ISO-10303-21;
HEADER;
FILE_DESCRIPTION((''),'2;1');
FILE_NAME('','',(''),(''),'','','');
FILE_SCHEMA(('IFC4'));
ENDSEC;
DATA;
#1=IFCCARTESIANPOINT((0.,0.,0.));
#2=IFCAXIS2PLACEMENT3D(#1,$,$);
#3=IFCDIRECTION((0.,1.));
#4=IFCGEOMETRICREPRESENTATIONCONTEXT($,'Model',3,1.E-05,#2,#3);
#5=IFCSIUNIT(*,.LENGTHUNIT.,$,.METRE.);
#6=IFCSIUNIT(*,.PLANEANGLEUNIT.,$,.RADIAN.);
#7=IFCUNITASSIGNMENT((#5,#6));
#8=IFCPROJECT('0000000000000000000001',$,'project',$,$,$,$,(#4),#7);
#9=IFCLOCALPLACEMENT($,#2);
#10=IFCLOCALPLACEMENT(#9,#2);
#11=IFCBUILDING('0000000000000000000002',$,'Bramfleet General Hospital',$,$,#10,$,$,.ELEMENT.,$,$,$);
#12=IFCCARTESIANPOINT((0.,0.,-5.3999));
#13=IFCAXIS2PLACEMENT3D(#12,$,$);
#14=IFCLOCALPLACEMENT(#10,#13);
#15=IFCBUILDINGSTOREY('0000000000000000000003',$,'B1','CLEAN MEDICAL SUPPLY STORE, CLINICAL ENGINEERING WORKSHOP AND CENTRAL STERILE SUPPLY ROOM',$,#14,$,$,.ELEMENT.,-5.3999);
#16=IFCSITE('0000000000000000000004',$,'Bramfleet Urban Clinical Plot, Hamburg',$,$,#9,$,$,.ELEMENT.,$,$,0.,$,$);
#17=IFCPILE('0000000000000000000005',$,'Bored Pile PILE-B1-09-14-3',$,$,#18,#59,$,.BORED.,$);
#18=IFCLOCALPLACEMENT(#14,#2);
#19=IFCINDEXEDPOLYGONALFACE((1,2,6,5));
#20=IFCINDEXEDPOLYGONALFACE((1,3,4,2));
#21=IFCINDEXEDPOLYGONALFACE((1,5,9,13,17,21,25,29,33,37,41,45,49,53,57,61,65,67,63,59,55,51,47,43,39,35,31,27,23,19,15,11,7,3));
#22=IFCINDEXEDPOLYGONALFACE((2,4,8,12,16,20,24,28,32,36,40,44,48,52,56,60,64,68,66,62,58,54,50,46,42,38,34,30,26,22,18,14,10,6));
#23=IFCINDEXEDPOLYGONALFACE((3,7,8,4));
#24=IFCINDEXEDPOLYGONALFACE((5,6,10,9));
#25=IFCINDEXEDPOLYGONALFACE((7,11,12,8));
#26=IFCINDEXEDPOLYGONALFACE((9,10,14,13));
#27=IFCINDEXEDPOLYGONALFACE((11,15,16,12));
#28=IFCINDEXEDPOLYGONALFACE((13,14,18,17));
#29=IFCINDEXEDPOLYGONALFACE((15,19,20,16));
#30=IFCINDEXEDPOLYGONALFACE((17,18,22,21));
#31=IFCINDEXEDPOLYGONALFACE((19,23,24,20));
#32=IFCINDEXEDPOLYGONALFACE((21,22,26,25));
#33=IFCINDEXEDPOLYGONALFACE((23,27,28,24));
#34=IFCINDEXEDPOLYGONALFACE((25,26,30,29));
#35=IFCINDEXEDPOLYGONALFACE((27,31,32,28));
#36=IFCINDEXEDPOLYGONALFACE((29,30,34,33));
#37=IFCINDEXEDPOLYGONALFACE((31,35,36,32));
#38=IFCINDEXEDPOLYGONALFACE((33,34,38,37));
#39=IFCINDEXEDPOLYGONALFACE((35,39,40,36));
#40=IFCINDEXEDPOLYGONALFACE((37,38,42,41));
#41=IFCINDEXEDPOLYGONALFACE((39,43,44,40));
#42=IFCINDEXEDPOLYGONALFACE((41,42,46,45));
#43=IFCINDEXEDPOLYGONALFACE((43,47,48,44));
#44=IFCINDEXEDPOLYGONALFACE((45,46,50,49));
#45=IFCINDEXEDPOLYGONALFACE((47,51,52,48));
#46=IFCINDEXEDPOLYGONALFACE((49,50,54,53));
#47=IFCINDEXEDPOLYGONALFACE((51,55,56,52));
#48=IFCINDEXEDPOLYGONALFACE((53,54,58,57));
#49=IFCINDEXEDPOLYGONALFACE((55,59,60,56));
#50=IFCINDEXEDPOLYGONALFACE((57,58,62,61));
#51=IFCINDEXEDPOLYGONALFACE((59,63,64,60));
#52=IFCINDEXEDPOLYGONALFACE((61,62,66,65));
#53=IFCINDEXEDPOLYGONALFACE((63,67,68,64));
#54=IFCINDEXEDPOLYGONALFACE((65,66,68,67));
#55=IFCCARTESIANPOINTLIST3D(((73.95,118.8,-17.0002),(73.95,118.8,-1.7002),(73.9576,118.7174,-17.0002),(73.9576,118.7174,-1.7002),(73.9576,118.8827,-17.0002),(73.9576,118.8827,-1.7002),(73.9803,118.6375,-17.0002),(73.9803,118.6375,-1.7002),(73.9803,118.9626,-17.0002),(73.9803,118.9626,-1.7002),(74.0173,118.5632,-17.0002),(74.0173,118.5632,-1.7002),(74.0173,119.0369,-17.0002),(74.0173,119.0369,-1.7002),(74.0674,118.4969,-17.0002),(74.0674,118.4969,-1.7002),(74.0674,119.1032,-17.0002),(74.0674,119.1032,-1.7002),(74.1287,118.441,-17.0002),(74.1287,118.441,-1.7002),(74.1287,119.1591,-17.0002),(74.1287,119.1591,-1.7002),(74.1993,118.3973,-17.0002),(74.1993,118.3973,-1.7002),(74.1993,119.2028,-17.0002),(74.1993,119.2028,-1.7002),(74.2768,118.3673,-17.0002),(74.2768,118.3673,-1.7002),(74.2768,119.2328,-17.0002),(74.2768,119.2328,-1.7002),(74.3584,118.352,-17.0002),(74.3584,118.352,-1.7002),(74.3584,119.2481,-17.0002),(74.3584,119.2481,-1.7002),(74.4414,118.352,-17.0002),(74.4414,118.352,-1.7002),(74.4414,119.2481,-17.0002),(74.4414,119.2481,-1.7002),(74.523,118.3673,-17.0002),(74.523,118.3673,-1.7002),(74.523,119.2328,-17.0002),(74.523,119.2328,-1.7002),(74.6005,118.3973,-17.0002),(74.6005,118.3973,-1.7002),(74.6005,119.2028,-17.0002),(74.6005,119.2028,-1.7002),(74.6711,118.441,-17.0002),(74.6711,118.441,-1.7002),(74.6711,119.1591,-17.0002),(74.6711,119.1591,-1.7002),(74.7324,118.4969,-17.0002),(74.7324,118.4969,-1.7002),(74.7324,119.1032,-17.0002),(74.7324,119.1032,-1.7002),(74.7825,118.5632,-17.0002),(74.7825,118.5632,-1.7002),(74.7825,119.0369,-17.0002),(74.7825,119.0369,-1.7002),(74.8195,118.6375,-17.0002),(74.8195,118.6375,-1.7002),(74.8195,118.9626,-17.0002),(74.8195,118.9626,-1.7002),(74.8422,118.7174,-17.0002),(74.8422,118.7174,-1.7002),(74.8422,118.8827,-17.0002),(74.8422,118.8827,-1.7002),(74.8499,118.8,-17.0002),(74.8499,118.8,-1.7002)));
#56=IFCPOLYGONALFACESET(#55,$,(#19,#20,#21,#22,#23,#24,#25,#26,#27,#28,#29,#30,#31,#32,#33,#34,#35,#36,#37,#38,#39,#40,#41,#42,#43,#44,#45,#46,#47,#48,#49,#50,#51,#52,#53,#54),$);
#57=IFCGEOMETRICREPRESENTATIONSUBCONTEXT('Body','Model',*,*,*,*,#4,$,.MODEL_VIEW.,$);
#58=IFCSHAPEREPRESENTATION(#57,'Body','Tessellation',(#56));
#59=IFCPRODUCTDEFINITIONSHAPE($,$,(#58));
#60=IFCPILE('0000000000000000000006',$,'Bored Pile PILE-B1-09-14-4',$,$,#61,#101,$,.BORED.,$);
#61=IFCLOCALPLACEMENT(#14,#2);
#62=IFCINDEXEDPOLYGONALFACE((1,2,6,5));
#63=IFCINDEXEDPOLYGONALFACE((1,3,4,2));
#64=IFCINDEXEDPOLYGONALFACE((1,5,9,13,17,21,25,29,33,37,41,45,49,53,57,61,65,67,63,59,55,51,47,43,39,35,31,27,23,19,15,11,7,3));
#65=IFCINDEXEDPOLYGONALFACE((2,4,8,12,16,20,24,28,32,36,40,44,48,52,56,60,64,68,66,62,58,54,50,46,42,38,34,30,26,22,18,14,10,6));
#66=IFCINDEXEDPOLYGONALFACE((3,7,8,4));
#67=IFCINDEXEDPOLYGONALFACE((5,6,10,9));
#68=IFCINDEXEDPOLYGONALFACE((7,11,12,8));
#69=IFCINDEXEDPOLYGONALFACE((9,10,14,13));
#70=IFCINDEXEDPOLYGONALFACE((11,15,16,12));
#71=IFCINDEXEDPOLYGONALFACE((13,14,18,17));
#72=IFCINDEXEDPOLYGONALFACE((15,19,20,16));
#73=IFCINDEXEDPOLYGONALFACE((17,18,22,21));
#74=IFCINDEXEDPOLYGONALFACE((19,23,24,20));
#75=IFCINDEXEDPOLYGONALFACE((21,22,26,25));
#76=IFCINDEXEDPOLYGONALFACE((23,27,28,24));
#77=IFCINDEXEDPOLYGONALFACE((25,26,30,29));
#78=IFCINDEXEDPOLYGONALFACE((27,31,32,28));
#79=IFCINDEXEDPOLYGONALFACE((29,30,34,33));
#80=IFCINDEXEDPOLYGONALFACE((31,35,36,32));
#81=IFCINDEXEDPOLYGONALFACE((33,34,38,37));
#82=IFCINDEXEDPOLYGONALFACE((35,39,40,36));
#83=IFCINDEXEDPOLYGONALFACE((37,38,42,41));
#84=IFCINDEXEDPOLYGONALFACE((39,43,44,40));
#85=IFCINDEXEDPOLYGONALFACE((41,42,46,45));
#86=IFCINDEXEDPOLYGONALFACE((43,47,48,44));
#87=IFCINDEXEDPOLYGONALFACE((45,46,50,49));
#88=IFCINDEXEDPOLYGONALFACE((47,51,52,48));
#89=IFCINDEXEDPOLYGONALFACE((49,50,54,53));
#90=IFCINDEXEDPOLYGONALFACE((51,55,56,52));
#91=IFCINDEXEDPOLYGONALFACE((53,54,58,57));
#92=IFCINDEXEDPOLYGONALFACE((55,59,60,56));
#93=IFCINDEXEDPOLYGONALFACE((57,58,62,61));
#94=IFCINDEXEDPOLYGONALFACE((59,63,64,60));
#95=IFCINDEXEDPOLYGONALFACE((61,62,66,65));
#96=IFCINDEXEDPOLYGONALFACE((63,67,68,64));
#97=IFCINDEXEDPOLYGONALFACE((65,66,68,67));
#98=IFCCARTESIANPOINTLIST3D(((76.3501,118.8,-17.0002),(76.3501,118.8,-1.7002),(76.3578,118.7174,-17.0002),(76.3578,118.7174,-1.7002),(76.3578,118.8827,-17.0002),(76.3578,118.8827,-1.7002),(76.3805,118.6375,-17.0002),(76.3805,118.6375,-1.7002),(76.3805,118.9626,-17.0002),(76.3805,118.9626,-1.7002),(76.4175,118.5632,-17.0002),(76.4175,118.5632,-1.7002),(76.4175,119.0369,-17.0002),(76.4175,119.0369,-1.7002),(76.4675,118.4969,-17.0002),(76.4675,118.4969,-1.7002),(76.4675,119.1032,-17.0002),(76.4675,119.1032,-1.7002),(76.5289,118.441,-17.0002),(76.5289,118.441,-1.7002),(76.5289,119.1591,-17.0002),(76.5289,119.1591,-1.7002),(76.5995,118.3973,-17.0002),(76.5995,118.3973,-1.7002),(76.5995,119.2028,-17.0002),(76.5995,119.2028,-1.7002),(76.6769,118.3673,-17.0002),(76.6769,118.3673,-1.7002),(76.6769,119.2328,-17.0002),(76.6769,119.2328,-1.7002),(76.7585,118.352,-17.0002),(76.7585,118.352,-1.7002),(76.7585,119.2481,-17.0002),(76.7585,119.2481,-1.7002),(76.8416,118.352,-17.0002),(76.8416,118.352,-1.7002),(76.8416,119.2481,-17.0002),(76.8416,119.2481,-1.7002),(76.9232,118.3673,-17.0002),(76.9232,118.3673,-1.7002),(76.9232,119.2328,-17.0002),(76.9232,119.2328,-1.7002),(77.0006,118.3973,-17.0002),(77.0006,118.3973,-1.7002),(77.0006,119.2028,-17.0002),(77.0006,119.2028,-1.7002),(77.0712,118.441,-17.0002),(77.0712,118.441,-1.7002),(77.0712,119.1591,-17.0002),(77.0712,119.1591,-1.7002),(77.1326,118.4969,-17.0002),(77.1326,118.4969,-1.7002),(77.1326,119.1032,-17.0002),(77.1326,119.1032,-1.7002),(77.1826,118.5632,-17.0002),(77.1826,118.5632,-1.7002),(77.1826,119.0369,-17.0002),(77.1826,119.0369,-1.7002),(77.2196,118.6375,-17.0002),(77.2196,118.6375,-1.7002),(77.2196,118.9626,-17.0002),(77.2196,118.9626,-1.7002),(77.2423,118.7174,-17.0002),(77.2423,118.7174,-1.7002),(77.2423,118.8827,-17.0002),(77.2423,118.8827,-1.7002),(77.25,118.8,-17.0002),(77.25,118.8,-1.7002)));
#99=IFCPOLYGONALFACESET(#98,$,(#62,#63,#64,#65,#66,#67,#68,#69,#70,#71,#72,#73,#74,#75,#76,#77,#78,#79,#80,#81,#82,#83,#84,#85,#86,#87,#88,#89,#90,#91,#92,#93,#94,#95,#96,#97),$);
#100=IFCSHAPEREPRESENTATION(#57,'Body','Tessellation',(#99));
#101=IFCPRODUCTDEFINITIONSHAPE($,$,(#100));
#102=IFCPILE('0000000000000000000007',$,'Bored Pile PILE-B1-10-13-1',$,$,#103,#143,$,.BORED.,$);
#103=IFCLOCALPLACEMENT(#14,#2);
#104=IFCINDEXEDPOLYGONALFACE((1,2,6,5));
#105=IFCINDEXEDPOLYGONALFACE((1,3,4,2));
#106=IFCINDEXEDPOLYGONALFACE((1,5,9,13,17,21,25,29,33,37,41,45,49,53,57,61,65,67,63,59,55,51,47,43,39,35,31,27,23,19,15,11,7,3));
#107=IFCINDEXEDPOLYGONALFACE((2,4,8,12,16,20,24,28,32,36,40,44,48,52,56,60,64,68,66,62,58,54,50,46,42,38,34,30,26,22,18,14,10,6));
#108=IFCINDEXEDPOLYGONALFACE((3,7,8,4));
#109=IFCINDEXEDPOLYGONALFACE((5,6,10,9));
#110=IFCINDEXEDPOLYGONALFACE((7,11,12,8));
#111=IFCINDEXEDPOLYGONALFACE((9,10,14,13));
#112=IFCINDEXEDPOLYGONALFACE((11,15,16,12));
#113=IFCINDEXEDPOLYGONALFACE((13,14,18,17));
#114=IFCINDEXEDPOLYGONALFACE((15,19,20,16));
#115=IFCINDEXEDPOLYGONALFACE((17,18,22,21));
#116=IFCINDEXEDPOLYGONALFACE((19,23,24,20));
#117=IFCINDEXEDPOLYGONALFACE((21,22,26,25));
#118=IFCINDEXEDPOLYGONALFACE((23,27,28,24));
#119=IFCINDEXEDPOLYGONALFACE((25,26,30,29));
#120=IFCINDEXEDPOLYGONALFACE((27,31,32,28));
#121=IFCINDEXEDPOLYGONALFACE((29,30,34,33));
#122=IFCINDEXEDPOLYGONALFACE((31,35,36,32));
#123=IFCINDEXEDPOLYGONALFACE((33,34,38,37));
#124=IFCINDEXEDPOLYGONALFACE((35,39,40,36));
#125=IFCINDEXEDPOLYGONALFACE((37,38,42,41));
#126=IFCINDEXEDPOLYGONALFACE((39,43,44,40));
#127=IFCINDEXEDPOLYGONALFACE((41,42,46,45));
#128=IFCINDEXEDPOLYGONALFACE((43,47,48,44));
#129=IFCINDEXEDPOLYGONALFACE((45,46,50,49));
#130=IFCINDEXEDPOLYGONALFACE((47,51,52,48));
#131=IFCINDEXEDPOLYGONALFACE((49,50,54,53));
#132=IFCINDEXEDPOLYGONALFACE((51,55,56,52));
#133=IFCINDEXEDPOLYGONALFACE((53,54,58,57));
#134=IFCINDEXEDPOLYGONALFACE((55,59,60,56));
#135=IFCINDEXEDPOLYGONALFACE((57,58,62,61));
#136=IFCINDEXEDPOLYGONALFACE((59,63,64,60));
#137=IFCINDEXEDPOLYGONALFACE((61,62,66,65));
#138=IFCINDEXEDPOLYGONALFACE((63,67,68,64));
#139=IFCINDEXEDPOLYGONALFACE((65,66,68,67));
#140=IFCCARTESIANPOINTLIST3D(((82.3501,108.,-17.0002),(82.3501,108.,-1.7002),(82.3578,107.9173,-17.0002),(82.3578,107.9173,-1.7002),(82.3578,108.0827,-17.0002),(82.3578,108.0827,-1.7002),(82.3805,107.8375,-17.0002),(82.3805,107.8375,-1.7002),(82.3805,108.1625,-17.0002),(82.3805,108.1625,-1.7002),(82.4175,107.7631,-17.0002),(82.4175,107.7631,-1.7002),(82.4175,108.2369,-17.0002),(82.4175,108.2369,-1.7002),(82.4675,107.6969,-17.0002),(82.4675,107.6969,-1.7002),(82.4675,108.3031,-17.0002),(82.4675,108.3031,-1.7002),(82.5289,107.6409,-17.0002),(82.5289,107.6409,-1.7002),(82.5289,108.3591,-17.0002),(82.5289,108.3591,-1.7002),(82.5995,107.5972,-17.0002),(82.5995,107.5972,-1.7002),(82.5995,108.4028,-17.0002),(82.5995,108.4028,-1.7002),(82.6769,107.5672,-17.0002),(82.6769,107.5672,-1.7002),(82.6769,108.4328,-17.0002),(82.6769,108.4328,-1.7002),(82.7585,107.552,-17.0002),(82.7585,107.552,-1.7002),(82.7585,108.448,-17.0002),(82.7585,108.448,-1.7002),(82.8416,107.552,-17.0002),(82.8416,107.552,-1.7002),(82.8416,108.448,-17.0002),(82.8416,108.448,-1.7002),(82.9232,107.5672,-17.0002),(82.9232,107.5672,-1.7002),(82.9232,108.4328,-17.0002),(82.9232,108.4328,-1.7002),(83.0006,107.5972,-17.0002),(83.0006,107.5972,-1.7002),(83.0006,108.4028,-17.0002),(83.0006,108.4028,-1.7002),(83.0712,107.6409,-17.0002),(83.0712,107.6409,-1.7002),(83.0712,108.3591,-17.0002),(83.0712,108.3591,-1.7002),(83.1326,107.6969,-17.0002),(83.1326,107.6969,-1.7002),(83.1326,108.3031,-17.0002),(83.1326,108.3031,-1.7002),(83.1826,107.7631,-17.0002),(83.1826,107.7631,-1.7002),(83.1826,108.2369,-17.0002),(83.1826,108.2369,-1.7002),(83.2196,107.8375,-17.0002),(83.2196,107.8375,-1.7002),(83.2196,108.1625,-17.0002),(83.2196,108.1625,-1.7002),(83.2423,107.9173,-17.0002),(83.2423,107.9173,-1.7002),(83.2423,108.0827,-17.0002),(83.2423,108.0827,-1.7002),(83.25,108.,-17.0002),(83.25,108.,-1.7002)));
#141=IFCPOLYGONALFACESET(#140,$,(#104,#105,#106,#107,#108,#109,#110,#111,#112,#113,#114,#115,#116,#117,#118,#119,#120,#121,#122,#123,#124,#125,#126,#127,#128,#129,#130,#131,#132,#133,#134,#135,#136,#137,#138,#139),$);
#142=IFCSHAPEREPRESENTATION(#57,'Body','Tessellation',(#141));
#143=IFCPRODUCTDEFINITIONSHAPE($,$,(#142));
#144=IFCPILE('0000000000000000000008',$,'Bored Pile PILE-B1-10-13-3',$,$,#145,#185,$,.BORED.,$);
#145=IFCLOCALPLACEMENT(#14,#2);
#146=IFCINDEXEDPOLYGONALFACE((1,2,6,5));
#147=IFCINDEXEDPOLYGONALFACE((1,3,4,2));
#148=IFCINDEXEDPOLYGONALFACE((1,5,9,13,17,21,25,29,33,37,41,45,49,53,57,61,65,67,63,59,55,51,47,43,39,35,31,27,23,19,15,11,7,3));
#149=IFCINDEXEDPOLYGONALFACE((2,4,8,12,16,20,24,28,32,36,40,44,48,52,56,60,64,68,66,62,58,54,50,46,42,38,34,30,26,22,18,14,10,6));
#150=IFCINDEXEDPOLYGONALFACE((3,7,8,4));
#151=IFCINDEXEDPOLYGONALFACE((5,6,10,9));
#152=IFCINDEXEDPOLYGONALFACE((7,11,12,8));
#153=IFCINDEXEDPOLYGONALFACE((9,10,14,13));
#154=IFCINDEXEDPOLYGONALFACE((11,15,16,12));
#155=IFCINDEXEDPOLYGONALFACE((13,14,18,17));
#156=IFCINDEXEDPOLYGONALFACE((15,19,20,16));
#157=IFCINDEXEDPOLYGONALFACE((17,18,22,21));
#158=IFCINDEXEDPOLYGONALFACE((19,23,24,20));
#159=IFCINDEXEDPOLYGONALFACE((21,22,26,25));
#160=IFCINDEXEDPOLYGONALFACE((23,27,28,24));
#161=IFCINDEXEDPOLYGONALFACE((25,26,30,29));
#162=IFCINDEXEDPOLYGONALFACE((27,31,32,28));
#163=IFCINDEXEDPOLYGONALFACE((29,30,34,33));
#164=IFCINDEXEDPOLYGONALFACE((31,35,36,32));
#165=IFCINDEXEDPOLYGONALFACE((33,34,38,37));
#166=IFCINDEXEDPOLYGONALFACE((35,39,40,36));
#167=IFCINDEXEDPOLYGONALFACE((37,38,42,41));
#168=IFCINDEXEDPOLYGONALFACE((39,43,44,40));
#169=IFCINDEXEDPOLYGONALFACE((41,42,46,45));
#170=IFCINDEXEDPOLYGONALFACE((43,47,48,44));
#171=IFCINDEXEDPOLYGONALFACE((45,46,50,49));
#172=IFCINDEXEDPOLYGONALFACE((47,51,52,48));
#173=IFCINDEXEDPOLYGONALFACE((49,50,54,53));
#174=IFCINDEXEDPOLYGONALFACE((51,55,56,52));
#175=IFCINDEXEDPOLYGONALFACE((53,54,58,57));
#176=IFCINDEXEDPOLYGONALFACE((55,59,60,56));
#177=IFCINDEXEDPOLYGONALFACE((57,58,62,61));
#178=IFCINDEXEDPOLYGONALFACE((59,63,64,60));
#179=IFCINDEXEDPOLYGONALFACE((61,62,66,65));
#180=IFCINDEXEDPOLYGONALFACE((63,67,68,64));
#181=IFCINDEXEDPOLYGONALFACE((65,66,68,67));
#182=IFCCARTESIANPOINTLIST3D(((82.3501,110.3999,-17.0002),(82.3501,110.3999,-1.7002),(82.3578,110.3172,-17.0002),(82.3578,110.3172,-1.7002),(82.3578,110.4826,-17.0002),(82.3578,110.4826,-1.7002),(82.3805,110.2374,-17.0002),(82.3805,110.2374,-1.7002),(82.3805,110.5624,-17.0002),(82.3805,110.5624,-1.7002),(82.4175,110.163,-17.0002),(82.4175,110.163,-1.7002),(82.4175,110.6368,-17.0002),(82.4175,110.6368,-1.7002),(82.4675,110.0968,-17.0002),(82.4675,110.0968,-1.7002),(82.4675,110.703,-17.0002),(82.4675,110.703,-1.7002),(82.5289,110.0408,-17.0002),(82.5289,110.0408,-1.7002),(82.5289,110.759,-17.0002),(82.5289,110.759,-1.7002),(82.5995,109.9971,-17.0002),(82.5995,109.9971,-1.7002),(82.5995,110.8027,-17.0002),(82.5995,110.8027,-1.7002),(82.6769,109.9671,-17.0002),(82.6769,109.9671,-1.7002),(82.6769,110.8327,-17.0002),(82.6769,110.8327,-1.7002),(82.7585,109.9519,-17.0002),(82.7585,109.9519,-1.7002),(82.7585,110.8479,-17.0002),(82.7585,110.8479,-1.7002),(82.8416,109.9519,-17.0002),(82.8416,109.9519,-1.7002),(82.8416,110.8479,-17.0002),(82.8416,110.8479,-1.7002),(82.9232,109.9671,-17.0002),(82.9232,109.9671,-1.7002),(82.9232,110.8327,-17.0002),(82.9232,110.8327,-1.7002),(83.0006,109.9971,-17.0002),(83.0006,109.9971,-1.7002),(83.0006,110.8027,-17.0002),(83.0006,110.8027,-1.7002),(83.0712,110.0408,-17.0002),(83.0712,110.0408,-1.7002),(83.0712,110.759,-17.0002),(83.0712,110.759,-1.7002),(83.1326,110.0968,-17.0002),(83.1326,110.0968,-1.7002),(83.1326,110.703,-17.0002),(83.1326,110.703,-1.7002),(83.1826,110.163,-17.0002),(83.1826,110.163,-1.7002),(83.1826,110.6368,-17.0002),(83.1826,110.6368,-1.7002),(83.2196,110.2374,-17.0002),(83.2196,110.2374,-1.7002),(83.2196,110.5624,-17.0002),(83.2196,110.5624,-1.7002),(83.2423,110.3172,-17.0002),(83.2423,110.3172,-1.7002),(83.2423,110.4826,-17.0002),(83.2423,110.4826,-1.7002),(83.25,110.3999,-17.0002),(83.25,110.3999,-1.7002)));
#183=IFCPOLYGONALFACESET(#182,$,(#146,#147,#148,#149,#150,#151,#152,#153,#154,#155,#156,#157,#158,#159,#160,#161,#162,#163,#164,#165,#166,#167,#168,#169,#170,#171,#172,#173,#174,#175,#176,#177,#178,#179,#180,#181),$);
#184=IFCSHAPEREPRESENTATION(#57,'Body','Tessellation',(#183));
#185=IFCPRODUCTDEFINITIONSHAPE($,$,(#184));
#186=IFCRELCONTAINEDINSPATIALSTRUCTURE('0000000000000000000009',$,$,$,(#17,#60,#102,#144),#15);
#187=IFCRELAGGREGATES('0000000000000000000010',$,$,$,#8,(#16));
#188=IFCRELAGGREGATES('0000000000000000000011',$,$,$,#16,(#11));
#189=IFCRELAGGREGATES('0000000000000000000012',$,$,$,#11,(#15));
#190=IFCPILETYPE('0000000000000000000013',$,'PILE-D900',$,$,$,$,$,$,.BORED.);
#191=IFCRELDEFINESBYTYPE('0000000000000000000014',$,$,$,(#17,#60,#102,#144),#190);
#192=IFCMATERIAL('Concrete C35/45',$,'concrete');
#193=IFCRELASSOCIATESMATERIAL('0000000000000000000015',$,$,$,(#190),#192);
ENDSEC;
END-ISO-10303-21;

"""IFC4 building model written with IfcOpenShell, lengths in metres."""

from ifc_helpers import new_model, si_unit, direction, frame, origin, origin_2d, place, context, subcontext, project, spatial, circle, extrude, material, material_profile, profile_set, type_object, element, save


model = new_model("IFC4")

# Units and contexts
model_context = context("Model", 3, precision=1e-05, world=origin(), true_north=direction((0.0, 1.0)))
body_context = subcontext(model_context, "Body", "Model", "MODEL_VIEW")
ifc_project = project(units=[si_unit("LENGTHUNIT", "METRE"), si_unit("PLANEANGLEUNIT", "RADIAN")], contexts=[model_context])

# Site, building, storey
site_placement = place(None, origin())
site = spatial("IfcSite", under=ifc_project, at=site_placement, Name="Bramfleet Urban Clinical Plot, Hamburg", CompositionType="ELEMENT", RefElevation=0.0)
building_placement = place(site_placement, origin())
building = spatial("IfcBuilding", under=site, at=building_placement, Name="Bramfleet General Hospital", CompositionType="ELEMENT")
storey_placement = place(building_placement, frame((0.0, 0.0, -5.3999)))
storey = spatial("IfcBuildingStorey", under=building, at=storey_placement, Name="B1", Description="CLEAN MEDICAL SUPPLY STORE, CLINICAL ENGINEERING WORKSHOP AND CENTRAL STERILE SUPPLY ROOM", CompositionType="ELEMENT", Elevation=-5.3999)

# Shared definitions
ifc_material_1 = material(Name="Concrete C35/45", Category="concrete")

# Piles
ifc_material_profile_1 = material_profile(ifc_material_1, circle(Radius=0.45, at=origin_2d()), Name="PILE BORED D900")
ifc_profile_set_1 = profile_set([ifc_material_profile_1], Name="Concrete C35/45")
pile_type_1 = type_object("IfcPileType", Name="PILE-D900", PredefinedType="BORED", material=ifc_profile_set_1)
for number, where, z_axis, x_axis, name in (
    (1, (74.3999, 118.8, -1.7002), (0.0, 0.0, -1.0), (1.0, 0.0, 0.0), "Bored Pile PILE-B1-09-14-3"),
    (2, (76.8, 118.8, -1.7002), (0.0, 0.0, -1.0), (1.0, 0.0, 0.0), "Bored Pile PILE-B1-09-14-4"),
    (3, (82.8, 108.0, -1.7002), (0.0, 0.0, -1.0), (1.0, 0.0, 0.0), "Bored Pile PILE-B1-10-13-1"),
    (4, (82.8, 110.3999, -1.7002), (0.0, 0.0, -1.0), (1.0, 0.0, 0.0), "Bored Pile PILE-B1-10-13-3"),
):
    element("IfcPile", number, at=place(storey_placement, frame(where, z_axis=z_axis, x_axis=x_axis)), inside=storey, type_object=pile_type_1, Name=name, PredefinedType="BORED", context=body_context, shape_type="SweptSolid", body=[
        extrude(circle(Radius=0.45, at=origin_2d()), origin(), (0.0, 0.0, 1.0), 15.3),
    ])

save(model, "model.ifc")
